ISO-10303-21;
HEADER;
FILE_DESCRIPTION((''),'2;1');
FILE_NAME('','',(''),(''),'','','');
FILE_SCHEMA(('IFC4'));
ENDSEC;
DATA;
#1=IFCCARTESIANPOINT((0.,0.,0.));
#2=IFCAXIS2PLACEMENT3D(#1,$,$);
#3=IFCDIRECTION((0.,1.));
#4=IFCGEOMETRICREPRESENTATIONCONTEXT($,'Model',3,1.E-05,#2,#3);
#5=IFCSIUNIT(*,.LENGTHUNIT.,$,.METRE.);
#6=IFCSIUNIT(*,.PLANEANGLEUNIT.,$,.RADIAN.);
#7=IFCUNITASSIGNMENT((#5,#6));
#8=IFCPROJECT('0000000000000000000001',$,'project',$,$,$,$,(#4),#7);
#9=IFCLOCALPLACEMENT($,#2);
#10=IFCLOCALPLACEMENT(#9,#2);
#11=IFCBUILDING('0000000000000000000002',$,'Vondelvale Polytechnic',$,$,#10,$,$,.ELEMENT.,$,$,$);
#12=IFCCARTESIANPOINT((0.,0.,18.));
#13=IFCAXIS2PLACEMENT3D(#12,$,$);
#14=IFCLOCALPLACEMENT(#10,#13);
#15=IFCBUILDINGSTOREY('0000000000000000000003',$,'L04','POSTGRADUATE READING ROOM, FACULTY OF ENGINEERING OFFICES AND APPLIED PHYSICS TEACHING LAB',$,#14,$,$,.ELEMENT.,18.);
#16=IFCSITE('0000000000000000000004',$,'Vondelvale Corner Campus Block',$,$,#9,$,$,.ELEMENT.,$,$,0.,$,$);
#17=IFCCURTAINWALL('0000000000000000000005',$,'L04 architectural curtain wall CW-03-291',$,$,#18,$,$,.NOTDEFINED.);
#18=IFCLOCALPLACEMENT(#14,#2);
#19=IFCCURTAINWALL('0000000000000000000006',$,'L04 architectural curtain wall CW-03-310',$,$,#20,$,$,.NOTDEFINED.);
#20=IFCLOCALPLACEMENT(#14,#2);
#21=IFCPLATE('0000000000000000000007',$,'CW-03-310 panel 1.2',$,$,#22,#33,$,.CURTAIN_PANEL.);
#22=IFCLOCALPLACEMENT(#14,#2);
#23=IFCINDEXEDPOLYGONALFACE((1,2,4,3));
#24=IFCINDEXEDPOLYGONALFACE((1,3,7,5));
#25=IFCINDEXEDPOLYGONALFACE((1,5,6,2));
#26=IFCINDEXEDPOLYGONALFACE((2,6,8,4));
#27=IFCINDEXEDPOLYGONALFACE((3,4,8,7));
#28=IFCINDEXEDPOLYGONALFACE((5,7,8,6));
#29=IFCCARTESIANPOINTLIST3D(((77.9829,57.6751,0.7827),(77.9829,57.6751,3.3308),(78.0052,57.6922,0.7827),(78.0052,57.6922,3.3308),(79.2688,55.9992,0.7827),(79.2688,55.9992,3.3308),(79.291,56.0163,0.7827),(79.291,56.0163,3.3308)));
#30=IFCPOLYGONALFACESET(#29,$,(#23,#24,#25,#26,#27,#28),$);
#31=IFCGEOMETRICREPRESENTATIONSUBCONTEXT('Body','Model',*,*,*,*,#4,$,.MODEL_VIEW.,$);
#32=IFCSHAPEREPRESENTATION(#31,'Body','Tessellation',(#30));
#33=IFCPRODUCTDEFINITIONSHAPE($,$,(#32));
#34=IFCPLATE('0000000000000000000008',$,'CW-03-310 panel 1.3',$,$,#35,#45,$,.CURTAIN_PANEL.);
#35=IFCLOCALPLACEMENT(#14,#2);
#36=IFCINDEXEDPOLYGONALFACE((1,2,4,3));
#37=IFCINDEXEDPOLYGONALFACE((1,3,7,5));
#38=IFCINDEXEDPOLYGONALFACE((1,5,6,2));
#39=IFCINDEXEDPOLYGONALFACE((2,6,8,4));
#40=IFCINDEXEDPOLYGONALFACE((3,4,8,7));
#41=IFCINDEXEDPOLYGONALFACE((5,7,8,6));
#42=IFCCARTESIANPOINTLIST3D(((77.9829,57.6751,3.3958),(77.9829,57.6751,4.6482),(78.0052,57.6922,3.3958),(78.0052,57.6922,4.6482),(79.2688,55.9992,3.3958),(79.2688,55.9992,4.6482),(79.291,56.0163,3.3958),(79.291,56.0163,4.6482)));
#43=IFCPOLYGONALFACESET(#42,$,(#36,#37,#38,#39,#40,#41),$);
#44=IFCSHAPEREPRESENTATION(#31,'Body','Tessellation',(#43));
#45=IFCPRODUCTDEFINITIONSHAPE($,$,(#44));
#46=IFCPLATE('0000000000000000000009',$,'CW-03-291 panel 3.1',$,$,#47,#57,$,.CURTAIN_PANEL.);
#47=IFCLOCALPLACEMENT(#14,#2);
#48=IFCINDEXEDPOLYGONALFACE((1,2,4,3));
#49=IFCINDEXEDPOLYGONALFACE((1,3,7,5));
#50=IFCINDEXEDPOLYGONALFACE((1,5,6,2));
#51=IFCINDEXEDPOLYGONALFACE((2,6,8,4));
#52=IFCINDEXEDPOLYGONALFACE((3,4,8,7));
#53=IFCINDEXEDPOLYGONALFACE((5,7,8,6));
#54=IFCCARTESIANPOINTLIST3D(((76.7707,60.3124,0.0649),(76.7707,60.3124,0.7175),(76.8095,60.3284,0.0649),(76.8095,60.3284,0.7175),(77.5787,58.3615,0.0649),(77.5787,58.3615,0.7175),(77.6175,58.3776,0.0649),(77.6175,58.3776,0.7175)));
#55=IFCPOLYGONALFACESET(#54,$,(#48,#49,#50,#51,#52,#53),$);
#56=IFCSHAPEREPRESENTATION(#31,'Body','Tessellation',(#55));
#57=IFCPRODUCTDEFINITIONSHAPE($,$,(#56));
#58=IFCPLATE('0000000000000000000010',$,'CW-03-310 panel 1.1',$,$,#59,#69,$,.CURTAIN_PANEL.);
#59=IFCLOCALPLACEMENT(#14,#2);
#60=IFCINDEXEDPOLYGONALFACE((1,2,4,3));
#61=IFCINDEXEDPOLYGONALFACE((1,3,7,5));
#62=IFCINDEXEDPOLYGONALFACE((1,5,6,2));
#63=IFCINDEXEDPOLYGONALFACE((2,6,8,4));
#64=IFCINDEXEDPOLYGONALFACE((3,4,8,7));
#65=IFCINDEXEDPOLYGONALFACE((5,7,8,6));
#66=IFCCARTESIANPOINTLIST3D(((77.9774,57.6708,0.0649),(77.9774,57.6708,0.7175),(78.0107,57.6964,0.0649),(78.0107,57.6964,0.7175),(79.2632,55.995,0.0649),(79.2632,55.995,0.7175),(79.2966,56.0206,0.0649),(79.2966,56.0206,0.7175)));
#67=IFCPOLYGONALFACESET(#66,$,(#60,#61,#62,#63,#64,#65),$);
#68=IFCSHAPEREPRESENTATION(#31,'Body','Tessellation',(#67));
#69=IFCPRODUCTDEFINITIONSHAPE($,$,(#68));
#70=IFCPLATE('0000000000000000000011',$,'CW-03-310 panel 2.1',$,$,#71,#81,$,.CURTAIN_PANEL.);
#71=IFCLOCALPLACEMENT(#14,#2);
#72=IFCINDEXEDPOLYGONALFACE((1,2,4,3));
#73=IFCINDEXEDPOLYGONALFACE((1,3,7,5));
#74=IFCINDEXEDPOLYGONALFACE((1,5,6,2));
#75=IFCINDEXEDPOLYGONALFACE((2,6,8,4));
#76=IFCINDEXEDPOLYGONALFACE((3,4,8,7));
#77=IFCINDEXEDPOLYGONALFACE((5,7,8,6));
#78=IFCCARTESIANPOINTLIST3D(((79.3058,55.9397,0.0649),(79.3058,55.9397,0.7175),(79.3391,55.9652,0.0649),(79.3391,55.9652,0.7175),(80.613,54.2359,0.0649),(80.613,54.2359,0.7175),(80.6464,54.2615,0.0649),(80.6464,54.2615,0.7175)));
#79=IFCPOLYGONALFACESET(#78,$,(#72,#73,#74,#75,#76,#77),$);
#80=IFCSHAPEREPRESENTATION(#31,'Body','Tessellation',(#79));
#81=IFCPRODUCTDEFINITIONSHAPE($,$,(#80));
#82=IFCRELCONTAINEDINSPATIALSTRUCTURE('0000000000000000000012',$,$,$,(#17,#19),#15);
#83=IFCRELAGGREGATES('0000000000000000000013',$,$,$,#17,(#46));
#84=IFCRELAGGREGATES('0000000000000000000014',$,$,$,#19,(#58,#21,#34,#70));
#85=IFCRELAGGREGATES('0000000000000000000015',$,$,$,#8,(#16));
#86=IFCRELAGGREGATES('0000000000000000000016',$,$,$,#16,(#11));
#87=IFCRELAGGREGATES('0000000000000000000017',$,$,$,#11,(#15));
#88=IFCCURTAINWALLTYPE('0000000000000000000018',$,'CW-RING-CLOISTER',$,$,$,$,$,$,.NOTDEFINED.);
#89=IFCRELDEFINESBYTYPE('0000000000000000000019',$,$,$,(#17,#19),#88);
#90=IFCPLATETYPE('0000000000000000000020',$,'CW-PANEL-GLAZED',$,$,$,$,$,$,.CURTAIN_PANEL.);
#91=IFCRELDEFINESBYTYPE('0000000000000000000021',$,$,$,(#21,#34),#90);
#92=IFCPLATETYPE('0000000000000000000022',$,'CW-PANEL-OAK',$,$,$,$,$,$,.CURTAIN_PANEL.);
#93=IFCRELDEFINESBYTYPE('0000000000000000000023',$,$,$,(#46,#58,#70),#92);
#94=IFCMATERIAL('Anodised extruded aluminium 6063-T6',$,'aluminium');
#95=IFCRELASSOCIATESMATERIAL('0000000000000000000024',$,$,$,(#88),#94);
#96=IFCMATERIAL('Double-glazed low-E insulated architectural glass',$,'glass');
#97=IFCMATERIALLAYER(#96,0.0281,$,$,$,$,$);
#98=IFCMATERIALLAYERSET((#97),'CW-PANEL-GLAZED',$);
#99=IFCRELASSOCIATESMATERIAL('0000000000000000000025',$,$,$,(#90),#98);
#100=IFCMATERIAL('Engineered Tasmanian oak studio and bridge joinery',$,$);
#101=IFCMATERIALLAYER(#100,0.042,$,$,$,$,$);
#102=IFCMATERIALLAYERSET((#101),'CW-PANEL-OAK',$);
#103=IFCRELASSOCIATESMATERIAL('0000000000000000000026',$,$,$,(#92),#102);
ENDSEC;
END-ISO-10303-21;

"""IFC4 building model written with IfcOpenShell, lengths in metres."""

from ifc_helpers import new_model, si_unit, direction, frame, origin, origin_2d, place, context, subcontext, project, spatial, rectangle, extrude, material, layer, layer_set, type_object, element, aggregate, save


model = new_model("IFC4")

# Units and contexts
model_context = context("Model", 3, precision=1e-05, world=origin(), true_north=direction((0.0, 1.0)))
body_context = subcontext(model_context, "Body", "Model", "MODEL_VIEW")
ifc_project = project(units=[si_unit("LENGTHUNIT", "METRE"), si_unit("PLANEANGLEUNIT", "RADIAN")], contexts=[model_context])

# Site, building, storey
site_placement = place(None, origin())
site = spatial("IfcSite", under=ifc_project, at=site_placement, Name="Vondelvale Corner Campus Block", CompositionType="ELEMENT", RefElevation=0.0)
building_placement = place(site_placement, origin())
building = spatial("IfcBuilding", under=site, at=building_placement, Name="Vondelvale Polytechnic", CompositionType="ELEMENT")
storey_placement = place(building_placement, frame((0.0, 0.0, 18.0)))
storey = spatial("IfcBuildingStorey", under=building, at=storey_placement, Name="L04", Description="POSTGRADUATE READING ROOM, FACULTY OF ENGINEERING OFFICES AND APPLIED PHYSICS TEACHING LAB", CompositionType="ELEMENT", Elevation=18.0)

# Curtain wall
ifc_material_1 = material(Name="Anodised extruded aluminium 6063-T6", Category="aluminium")
curtain_wall_type = type_object("IfcCurtainWallType", Name="CW-RING-CLOISTER", PredefinedType="NOTDEFINED", material=ifc_material_1)
curtain_wall_1_placement = place(storey_placement, origin())
curtain_wall_1 = element("IfcCurtainWall", 1, at=curtain_wall_1_placement, inside=storey, type_object=curtain_wall_type, Name="L04 architectural curtain wall CW-03-291", PredefinedType="NOTDEFINED")

# Curtain wall
curtain_wall_2_placement = place(storey_placement, origin())
curtain_wall_2 = element("IfcCurtainWall", 2, at=curtain_wall_2_placement, inside=storey, type_object=curtain_wall_type, Name="L04 architectural curtain wall CW-03-310", PredefinedType="NOTDEFINED")

# Plates
ifc_material_2 = material(Name="Double-glazed low-E insulated architectural glass", Category="glass")
ifc_layer_1 = layer(ifc_material_2, 0.0281)
ifc_layer_set_1 = layer_set([ifc_layer_1], Name="CW-PANEL-GLAZED")
plate_type_1 = type_object("IfcPlateType", Name="CW-PANEL-GLAZED", PredefinedType="CURTAIN_PANEL", material=ifc_layer_set_1)
plate_1_placement = place(storey_placement, frame((78.637, 56.8457, 0.7827), z_axis=(0.0, 0.0, 1.0), x_axis=(0.608748, -0.793364, 0.0)))
plate_1 = element("IfcPlate", 3, at=plate_1_placement, type_object=plate_type_1, Name="CW-03-310 panel 1.2", PredefinedType="CURTAIN_PANEL", context=body_context, shape_type="SweptSolid", body=[
    extrude(rectangle(XDim=2.1123, YDim=0.0281, at=origin_2d()), origin(), (0.0, 0.0, 1.0), 2.5481),
])
plate_2_placement = place(storey_placement, frame((78.637, 56.8457, 3.3958), z_axis=(0.0, 0.0, 1.0), x_axis=(0.608748, -0.793364, 0.0)))
plate_2 = element("IfcPlate", 4, at=plate_2_placement, type_object=plate_type_1, Name="CW-03-310 panel 1.3", PredefinedType="CURTAIN_PANEL", context=body_context, shape_type="SweptSolid", body=[
    extrude(rectangle(XDim=2.1123, YDim=0.0281, at=origin_2d()), origin(), (0.0, 0.0, 1.0), 1.2524),
])
ifc_material_3 = material(Name="Engineered Tasmanian oak studio and bridge joinery")
ifc_layer_2 = layer(ifc_material_3, 0.042)
ifc_layer_set_2 = layer_set([ifc_layer_2], Name="CW-PANEL-OAK")
plate_type_2 = type_object("IfcPlateType", Name="CW-PANEL-OAK", PredefinedType="CURTAIN_PANEL", material=ifc_layer_set_2)
plate_3_placement = place(storey_placement, frame((77.1941, 59.345, 0.0649), z_axis=(0.0, 0.0, 1.0), x_axis=(0.382679, -0.923882, 0.0)))
plate_3 = element("IfcPlate", 5, at=plate_3_placement, type_object=plate_type_2, Name="CW-03-291 panel 3.1", PredefinedType="CURTAIN_PANEL", context=body_context, shape_type="SweptSolid", body=[
    extrude(rectangle(XDim=2.1116, YDim=0.042, at=origin_2d()), origin(), (0.0, 0.0, 1.0), 0.6526),
])
aggregate(curtain_wall_1, [plate_3])
plate_4_placement = place(storey_placement, frame((78.637, 56.8457, 0.0649), z_axis=(0.0, 0.0, 1.0), x_axis=(0.608748, -0.793364, 0.0)))
plate_4 = element("IfcPlate", 6, at=plate_4_placement, type_object=plate_type_2, Name="CW-03-310 panel 1.1", PredefinedType="CURTAIN_PANEL", context=body_context, shape_type="SweptSolid", body=[
    extrude(rectangle(XDim=2.1123, YDim=0.042, at=origin_2d()), origin(), (0.0, 0.0, 1.0), 0.6526),
])
plate_5_placement = place(storey_placement, frame((79.9761, 55.1006, 0.0649), z_axis=(0.0, 0.0, 1.0), x_axis=(0.608748, -0.793364, 0.0)))
plate_5 = element("IfcPlate", 7, at=plate_5_placement, type_object=plate_type_2, Name="CW-03-310 panel 2.1", PredefinedType="CURTAIN_PANEL", context=body_context, shape_type="SweptSolid", body=[
    extrude(rectangle(XDim=2.1475, YDim=0.042, at=origin_2d()), origin(), (0.0, 0.0, 1.0), 0.6526),
])
aggregate(curtain_wall_2, [plate_4, plate_1, plate_2, plate_5])

save(model, "model.ifc")
